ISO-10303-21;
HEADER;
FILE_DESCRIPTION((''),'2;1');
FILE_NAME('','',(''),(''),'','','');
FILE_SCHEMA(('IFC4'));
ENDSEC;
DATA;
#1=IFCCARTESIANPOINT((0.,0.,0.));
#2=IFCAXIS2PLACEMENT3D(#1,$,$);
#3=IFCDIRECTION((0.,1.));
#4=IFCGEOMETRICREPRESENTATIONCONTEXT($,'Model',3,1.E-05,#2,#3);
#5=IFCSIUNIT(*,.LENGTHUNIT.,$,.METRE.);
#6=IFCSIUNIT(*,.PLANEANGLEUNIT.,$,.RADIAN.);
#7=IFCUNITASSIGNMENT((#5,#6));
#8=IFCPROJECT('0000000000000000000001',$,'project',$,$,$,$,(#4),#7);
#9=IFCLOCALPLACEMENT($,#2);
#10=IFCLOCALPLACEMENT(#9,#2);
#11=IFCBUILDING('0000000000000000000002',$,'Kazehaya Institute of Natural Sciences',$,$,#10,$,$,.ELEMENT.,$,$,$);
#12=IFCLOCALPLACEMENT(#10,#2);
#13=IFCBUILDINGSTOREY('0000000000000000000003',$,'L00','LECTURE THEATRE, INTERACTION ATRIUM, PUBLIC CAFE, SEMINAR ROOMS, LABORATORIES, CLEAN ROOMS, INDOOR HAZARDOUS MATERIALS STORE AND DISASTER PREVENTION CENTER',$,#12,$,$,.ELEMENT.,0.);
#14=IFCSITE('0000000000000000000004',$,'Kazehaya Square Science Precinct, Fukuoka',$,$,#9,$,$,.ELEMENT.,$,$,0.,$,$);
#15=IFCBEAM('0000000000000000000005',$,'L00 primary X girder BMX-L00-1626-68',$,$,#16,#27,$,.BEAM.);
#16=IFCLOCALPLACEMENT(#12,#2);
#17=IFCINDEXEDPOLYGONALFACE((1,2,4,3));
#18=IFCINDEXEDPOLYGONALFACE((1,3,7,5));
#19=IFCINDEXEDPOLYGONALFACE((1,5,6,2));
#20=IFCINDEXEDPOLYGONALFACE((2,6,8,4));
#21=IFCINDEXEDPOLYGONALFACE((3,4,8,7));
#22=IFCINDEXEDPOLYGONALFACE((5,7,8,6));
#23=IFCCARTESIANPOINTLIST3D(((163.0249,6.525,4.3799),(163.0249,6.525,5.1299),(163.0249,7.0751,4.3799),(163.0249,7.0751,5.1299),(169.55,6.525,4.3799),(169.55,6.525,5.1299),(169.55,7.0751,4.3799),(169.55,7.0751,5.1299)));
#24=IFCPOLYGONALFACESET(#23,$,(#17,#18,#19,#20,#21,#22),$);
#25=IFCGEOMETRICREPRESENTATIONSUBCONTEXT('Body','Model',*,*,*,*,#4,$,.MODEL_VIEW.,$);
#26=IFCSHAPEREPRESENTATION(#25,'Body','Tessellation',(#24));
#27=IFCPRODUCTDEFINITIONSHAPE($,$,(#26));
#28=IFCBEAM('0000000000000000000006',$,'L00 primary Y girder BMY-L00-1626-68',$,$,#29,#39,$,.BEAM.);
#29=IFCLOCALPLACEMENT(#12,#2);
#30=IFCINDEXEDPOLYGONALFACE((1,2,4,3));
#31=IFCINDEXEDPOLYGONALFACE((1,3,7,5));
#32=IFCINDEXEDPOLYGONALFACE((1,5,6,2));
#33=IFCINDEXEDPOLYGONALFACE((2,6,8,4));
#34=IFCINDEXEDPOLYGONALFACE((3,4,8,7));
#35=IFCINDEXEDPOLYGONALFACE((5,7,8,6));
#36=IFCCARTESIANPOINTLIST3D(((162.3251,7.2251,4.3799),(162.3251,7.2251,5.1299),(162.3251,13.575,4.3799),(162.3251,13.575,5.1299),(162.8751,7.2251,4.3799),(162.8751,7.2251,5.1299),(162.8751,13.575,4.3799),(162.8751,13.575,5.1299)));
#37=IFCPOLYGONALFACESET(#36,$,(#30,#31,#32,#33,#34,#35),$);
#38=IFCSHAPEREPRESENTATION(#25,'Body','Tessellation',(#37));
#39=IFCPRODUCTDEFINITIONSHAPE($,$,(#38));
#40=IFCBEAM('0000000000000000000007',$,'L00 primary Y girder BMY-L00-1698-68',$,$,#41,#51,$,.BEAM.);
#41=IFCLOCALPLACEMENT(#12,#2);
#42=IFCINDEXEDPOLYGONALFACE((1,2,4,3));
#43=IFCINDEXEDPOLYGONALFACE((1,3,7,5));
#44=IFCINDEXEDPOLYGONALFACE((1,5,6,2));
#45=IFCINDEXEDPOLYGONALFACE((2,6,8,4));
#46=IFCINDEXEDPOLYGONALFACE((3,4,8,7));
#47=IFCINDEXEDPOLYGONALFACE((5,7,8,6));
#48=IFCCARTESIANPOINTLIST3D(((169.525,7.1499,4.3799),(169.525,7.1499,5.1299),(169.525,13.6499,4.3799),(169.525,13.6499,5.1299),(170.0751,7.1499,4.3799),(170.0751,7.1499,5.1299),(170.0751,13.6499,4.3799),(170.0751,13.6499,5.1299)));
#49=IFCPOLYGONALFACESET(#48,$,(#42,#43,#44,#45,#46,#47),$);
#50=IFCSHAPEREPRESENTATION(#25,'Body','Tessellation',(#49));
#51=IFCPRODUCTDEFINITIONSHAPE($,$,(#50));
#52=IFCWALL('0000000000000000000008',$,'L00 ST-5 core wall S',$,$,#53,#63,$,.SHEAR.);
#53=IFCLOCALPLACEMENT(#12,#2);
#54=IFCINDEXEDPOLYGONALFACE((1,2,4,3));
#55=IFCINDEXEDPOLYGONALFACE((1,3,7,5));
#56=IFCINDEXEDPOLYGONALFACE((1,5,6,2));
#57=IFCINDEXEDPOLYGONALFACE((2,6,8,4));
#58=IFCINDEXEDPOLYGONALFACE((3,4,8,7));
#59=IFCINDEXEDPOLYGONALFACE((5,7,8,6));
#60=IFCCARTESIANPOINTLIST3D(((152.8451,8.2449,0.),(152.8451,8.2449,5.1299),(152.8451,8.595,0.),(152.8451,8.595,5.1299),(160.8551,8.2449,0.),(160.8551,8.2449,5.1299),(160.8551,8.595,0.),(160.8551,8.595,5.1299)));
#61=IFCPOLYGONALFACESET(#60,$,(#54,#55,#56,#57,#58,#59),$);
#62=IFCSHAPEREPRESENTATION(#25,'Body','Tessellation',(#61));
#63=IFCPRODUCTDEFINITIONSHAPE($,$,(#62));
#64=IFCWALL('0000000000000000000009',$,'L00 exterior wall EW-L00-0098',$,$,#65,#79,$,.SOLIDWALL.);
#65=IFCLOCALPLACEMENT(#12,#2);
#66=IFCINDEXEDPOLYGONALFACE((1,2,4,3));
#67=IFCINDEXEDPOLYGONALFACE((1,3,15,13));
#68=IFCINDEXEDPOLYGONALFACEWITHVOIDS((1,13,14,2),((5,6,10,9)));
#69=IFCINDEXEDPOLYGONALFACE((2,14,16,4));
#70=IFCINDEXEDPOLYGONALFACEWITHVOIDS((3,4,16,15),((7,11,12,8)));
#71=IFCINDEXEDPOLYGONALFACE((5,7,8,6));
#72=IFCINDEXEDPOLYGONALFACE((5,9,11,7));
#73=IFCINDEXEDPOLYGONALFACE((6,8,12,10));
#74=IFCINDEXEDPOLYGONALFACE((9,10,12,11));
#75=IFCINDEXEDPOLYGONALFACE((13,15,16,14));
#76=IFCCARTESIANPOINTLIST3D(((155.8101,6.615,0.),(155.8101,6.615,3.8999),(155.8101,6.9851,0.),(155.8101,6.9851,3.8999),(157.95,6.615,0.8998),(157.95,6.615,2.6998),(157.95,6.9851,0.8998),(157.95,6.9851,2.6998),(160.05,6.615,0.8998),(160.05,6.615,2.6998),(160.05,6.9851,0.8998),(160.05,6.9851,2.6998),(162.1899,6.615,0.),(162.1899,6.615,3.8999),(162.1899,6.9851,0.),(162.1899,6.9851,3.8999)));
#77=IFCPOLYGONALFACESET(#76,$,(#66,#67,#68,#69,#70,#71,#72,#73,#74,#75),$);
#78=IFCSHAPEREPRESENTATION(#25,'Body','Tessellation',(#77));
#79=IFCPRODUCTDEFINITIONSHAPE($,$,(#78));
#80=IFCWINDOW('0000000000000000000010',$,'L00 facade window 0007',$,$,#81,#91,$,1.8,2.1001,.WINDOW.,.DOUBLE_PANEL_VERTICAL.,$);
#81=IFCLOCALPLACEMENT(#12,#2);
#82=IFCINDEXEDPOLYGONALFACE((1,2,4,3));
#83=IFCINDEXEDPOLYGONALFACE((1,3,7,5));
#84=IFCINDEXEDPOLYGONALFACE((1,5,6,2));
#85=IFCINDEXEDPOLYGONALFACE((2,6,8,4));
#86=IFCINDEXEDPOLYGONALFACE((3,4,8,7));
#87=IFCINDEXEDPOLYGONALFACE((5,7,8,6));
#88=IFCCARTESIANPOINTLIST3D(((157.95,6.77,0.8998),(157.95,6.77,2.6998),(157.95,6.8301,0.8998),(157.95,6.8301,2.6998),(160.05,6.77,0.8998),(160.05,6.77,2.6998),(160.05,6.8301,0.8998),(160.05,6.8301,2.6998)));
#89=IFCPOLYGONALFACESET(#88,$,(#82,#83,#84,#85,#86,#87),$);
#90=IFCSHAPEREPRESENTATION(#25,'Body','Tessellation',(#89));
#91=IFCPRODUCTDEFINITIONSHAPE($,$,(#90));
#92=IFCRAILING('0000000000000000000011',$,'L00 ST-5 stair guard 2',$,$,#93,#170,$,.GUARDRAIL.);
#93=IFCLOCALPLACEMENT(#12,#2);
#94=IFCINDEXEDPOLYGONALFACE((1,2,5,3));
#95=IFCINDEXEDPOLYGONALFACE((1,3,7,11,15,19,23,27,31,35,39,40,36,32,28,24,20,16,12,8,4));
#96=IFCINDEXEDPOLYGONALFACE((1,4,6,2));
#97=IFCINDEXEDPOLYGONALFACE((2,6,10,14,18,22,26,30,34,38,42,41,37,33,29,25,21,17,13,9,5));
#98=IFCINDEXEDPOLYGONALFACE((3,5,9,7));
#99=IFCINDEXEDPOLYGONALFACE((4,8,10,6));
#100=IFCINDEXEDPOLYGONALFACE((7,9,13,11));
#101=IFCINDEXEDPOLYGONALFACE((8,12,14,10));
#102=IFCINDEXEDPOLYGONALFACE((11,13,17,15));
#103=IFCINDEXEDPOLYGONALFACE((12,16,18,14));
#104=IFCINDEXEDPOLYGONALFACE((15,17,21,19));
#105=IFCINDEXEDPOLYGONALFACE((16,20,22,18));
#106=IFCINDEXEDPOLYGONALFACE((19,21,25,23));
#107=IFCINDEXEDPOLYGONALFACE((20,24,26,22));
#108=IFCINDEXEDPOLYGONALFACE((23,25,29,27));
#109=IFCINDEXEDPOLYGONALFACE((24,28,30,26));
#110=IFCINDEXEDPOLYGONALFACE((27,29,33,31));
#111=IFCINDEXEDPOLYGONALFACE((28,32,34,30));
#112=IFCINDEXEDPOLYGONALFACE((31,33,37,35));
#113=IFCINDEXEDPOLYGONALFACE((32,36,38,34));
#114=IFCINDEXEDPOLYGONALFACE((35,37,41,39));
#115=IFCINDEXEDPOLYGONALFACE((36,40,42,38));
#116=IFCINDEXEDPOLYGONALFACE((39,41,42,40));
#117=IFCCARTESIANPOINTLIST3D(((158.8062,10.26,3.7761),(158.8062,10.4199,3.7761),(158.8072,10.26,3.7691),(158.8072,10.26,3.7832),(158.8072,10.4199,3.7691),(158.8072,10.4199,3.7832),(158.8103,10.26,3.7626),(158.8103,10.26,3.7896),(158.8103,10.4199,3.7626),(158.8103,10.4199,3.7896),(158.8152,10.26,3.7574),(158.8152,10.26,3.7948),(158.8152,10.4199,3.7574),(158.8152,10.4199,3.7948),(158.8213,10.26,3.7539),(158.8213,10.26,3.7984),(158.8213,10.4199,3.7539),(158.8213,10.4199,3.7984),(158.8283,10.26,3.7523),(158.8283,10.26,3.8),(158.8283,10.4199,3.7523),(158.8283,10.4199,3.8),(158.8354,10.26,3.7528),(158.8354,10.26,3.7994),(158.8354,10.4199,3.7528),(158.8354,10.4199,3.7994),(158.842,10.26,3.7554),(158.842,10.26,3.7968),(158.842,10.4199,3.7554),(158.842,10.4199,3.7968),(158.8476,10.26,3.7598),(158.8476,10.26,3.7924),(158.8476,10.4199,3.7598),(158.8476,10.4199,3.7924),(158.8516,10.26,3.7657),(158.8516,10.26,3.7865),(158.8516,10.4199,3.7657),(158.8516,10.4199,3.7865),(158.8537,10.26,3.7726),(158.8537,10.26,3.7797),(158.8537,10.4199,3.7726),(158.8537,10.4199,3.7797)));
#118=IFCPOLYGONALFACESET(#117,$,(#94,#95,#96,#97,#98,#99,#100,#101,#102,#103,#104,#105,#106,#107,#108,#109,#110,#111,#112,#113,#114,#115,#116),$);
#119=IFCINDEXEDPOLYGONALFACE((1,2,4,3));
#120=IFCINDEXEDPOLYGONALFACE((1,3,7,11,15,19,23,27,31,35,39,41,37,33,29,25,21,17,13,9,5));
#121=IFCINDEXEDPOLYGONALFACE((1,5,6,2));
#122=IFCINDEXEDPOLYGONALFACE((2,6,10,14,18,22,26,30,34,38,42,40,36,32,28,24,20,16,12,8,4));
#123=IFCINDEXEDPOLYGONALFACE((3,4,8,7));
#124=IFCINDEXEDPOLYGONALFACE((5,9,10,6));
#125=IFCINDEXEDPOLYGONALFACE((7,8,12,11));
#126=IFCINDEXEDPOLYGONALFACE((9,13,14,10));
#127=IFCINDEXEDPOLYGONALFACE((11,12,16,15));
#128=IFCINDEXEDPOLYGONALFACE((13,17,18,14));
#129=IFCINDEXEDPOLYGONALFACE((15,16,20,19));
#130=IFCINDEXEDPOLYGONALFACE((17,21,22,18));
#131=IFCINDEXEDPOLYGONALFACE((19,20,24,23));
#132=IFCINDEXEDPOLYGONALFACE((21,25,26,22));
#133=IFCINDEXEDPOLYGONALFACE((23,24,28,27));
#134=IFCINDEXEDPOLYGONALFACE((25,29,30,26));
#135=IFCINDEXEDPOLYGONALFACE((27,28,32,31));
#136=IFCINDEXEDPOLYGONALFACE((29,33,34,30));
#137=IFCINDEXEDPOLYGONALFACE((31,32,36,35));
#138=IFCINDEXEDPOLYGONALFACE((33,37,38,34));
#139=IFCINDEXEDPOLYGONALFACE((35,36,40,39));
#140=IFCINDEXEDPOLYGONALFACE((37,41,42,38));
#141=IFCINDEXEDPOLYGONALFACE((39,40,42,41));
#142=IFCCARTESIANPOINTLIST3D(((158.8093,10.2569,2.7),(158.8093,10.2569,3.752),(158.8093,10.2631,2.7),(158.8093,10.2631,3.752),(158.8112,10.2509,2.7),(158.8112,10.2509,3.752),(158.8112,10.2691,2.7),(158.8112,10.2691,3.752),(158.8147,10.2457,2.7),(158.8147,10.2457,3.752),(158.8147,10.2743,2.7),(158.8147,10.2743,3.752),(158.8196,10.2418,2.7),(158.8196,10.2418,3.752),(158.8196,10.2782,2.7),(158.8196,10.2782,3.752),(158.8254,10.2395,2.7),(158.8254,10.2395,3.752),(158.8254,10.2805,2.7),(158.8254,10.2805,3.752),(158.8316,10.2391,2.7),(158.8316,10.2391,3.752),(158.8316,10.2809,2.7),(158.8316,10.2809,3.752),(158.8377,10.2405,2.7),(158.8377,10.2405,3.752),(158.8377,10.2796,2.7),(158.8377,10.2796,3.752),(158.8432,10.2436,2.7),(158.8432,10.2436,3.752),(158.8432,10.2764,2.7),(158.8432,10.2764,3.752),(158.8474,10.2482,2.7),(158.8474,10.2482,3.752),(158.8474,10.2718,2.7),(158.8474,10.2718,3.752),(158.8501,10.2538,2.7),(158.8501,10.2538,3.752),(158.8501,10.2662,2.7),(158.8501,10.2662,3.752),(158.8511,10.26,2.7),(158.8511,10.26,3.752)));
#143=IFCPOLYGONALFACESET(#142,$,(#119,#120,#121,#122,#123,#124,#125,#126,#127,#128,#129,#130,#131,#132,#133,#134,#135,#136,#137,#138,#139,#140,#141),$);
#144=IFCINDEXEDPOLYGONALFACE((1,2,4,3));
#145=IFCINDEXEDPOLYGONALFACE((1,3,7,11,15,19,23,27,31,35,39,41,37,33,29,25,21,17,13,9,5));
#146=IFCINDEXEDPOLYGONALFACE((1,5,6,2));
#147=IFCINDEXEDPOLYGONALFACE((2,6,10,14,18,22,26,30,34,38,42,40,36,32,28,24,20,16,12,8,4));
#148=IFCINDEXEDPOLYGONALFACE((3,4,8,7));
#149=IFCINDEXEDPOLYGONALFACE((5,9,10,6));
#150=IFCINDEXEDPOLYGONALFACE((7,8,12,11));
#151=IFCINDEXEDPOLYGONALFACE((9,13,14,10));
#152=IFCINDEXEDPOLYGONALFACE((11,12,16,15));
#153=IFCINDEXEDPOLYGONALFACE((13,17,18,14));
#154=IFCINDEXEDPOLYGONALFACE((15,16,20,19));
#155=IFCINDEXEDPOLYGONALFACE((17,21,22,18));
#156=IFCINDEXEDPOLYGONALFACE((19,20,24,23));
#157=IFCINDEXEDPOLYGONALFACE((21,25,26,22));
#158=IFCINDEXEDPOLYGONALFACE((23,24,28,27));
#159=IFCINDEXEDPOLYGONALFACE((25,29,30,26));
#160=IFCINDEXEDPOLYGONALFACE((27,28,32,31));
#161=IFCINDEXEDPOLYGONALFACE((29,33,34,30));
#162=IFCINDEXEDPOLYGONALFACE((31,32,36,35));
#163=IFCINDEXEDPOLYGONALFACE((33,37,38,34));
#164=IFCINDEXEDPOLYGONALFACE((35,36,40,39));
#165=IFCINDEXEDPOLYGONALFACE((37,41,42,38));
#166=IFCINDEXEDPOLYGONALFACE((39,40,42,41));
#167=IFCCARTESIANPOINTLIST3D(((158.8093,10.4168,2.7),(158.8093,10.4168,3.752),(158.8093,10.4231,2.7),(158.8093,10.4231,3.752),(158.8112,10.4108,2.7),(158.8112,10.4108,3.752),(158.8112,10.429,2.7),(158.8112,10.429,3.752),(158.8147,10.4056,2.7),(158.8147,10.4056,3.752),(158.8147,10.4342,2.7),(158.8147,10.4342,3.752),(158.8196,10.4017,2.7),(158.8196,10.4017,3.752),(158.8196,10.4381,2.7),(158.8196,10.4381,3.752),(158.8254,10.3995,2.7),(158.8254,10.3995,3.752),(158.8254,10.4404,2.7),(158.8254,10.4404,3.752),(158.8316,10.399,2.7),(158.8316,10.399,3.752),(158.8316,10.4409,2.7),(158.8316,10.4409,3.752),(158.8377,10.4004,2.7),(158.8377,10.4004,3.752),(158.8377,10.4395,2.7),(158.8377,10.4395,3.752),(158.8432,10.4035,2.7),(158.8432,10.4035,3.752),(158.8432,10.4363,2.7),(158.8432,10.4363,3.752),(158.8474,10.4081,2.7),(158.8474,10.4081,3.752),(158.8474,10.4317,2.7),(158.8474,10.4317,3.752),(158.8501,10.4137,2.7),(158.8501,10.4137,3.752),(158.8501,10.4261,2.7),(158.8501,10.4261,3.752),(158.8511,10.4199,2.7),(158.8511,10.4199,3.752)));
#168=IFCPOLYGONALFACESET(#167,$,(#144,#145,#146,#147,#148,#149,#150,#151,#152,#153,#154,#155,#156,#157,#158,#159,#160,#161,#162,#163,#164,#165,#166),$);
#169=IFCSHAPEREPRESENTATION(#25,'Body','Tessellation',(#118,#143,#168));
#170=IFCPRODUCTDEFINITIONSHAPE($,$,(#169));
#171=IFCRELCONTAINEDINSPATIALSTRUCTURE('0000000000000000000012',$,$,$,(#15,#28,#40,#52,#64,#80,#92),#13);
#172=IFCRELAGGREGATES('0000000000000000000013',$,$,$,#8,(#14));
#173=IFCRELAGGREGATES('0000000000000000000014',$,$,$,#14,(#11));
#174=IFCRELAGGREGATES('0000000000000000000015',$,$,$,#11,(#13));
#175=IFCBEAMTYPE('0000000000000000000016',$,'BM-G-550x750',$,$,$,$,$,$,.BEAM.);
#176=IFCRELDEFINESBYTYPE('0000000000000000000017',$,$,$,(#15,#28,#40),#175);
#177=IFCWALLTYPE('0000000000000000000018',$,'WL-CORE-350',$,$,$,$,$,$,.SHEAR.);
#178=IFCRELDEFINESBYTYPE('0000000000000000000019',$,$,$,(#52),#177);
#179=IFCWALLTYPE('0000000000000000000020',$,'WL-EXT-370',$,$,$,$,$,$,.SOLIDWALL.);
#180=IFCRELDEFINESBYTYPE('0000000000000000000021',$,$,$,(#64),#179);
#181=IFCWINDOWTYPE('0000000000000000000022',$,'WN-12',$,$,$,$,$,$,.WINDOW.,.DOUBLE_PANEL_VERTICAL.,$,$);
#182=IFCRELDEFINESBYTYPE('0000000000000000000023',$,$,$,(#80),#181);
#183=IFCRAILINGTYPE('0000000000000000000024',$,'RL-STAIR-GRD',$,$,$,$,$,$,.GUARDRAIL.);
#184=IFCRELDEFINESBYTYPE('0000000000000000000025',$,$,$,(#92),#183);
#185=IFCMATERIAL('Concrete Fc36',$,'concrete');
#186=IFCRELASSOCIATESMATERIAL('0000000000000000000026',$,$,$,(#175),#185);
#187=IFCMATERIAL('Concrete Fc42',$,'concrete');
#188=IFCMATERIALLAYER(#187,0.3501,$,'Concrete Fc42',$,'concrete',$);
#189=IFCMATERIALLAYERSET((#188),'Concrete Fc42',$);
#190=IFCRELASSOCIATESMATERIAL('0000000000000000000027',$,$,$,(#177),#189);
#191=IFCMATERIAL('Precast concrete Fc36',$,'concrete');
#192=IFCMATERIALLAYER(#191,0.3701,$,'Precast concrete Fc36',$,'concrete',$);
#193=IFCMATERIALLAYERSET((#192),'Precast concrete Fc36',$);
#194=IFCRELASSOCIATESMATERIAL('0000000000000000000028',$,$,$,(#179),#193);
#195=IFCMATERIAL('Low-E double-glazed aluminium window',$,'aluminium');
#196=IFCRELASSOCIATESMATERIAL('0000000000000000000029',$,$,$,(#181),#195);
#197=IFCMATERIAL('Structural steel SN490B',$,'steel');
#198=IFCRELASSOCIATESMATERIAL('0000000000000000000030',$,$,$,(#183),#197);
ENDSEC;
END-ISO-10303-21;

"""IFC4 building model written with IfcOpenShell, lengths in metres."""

from ifc_helpers import new_model, si_unit, direction, frame, frame_2d, origin, origin_2d, place, context, subcontext, project, spatial, rectangle, circle, extrude, material, layer, layer_set, material_profile, profile_set, type_object, element, fill, save


model = new_model("IFC4")

# Units and contexts
model_context = context("Model", 3, precision=1e-05, world=origin(), true_north=direction((0.0, 1.0)))
body_context = subcontext(model_context, "Body", "Model", "MODEL_VIEW")
ifc_project = project(units=[si_unit("LENGTHUNIT", "METRE"), si_unit("PLANEANGLEUNIT", "RADIAN")], contexts=[model_context])

# Site, building, storey
site_placement = place(None, origin())
site = spatial("IfcSite", under=ifc_project, at=site_placement, Name="Kazehaya Square Science Precinct, Fukuoka", CompositionType="ELEMENT", RefElevation=0.0)
building_placement = place(site_placement, origin())
building = spatial("IfcBuilding", under=site, at=building_placement, Name="Kazehaya Institute of Natural Sciences", CompositionType="ELEMENT")
storey_placement = place(building_placement, origin())
storey = spatial("IfcBuildingStorey", under=building, at=storey_placement, Name="L00", Description="LECTURE THEATRE, INTERACTION ATRIUM, PUBLIC CAFE, SEMINAR ROOMS, LABORATORIES, CLEAN ROOMS, INDOOR HAZARDOUS MATERIALS STORE AND DISASTER PREVENTION CENTER", CompositionType="ELEMENT", Elevation=0.0)

# Shared definitions
ifc_material_1 = material(Name="Concrete Fc36", Category="concrete")
ifc_material_2 = material(Name="Concrete Fc42", Category="concrete")
ifc_material_3 = material(Name="Precast concrete Fc36", Category="concrete")

# Beams
ifc_material_profile_1 = material_profile(ifc_material_1, rectangle(XDim=0.55, YDim=0.75, at=origin_2d()), Name="RC-550x750")
ifc_profile_set_1 = profile_set([ifc_material_profile_1], Name="Concrete Fc36")
beam_type_1 = type_object("IfcBeamType", Name="BM-G-550x750", PredefinedType="BEAM", material=ifc_profile_set_1)
beam_1_placement = place(storey_placement, frame((163.0249, 6.8, 4.7549), z_axis=(1.0, 0.0, 0.0), x_axis=(0.0, 1.0, 0.0)))
element("IfcBeam", 1, at=beam_1_placement, inside=storey, type_object=beam_type_1, Name="L00 primary X girder BMX-L00-1626-68", PredefinedType="BEAM", context=body_context, shape_type="SweptSolid", body=[
    extrude(rectangle(XDim=0.55, YDim=0.75, at=origin_2d()), origin(), (0.0, 0.0, 1.0), 6.5251),
])
beam_2_placement = place(storey_placement, frame((162.6001, 7.2251, 4.7549), z_axis=(0.0, 1.0, 0.0), x_axis=(-1.0, 0.0, 0.0)))
element("IfcBeam", 2, at=beam_2_placement, inside=storey, type_object=beam_type_1, Name="L00 primary Y girder BMY-L00-1626-68", PredefinedType="BEAM", context=body_context, shape_type="SweptSolid", body=[
    extrude(rectangle(XDim=0.55, YDim=0.75, at=origin_2d()), origin(), (0.0, 0.0, 1.0), 6.3499),
])
beam_3_placement = place(storey_placement, frame((169.8, 7.1499, 4.7549), z_axis=(0.0, 1.0, 0.0), x_axis=(-1.0, 0.0, 0.0)))
element("IfcBeam", 3, at=beam_3_placement, inside=storey, type_object=beam_type_1, Name="L00 primary Y girder BMY-L00-1698-68", PredefinedType="BEAM", context=body_context, shape_type="SweptSolid", body=[
    extrude(rectangle(XDim=0.55, YDim=0.75, at=origin_2d()), origin(), (0.0, 0.0, 1.0), 6.5),
])

# Wall
ifc_layer_1 = layer(ifc_material_2, 0.3501, Name="Concrete Fc42", Category="concrete")
ifc_layer_set_1 = layer_set([ifc_layer_1], Name="Concrete Fc42")
wall_type_1 = type_object("IfcWallType", Name="WL-CORE-350", PredefinedType="SHEAR", material=ifc_layer_set_1)
wall_1_placement = place(storey_placement, frame((160.855, 8.4199, 0.0), z_axis=(0.0, 0.0, 1.0), x_axis=(-1.0, 0.0, 0.0)))
element("IfcWall", 4, at=wall_1_placement, inside=storey, type_object=wall_type_1, Name="L00 ST-5 core wall S", PredefinedType="SHEAR", context=body_context, shape_type="SweptSolid", body=[
    extrude(rectangle(XDim=8.01, YDim=0.3501, at=frame_2d((4.0049, 0.0))), origin(), (0.0, 0.0, 1.0), 5.1299),
])

# Wall, opening, window
ifc_layer_2 = layer(ifc_material_3, 0.3701, Name="Precast concrete Fc36", Category="concrete")
ifc_layer_set_2 = layer_set([ifc_layer_2], Name="Precast concrete Fc36")
wall_type_2 = type_object("IfcWallType", Name="WL-EXT-370", PredefinedType="SOLIDWALL", material=ifc_layer_set_2)
wall_2_placement = place(storey_placement, frame((162.1899, 6.8, 0.0), z_axis=(0.0, 0.0, 1.0), x_axis=(-1.0, 0.0, 0.0)))
wall_2 = element("IfcWall", 5, at=wall_2_placement, inside=storey, type_object=wall_type_2, Name="L00 exterior wall EW-L00-0098", PredefinedType="SOLIDWALL", context=body_context, shape_type="SweptSolid", body=[
    extrude(rectangle(XDim=6.3799, YDim=0.3701, at=frame_2d((3.1899, 0.0))), origin(), (0.0, 0.0, 1.0), 3.8999),
])
opening_placement = place(wall_2_placement, frame((2.1399, 0.0, 0.8999)))
opening = element("IfcOpeningElement", 6, at=opening_placement, cuts=wall_2, PredefinedType="OPENING", context=body_context, shape_type="SweptSolid", body=[
    extrude(rectangle(XDim=2.1001, YDim=1.8, at=frame_2d((1.05, 0.8999))), frame((0.0, 0.1951, 0.0), z_axis=(0.0, -1.0, 0.0), x_axis=(1.0, 0.0, 0.0)), (0.0, 0.0, 1.0), 0.3901),
])
ifc_material_4 = material(Name="Low-E double-glazed aluminium window", Category="aluminium")
window_type = type_object("IfcWindowType", Name="WN-12", PartitioningType="DOUBLE_PANEL_VERTICAL", PredefinedType="WINDOW", material=ifc_material_4)
window_placement = place(opening_placement, origin())
window = element("IfcWindow", 7, at=window_placement, inside=storey, type_object=window_type, Name="L00 facade window 0007", OverallHeight=1.8, OverallWidth=2.1001, PartitioningType="DOUBLE_PANEL_VERTICAL", PredefinedType="WINDOW", context=body_context, shape_type="SweptSolid", body=[
    extrude(rectangle(XDim=2.1001, YDim=1.8, at=frame_2d((1.05, 0.8999))), frame((0.0, 0.03, 0.0), z_axis=(0.0, -1.0, 0.0), x_axis=(1.0, 0.0, 0.0)), (0.0, 0.0, 1.0), 0.0601),
])
fill(opening, window)

# Railing
ifc_material_5 = material(Name="Structural steel SN490B", Category="steel")
railing_type_1 = type_object("IfcRailingType", Name="RL-STAIR-GRD", PredefinedType="GUARDRAIL", material=ifc_material_5)
railing_1_placement = place(storey_placement, frame((158.8301, 10.26, 2.7)))
element("IfcRailing", 8, at=railing_1_placement, inside=storey, type_object=railing_type_1, Name="L00 ST-5 stair guard 2", PredefinedType="GUARDRAIL", context=body_context, shape_type="SweptSolid", body=[
    extrude(circle(Radius=0.0239, at=origin_2d()), frame((0.0, 0.0, 1.0762), z_axis=(0.0, 1.0, 0.0), x_axis=(-1.0, 0.0, 0.0)), (0.0, 0.0, 1.0), 0.1599),
    extrude(circle(Radius=0.021, at=origin_2d()), origin(), (0.0, 0.0, 1.0), 1.052),
    extrude(circle(Radius=0.021, at=origin_2d()), frame((0.0, 0.1599, 0.0)), (0.0, 0.0, 1.0), 1.052),
])

save(model, "model.ifc")
